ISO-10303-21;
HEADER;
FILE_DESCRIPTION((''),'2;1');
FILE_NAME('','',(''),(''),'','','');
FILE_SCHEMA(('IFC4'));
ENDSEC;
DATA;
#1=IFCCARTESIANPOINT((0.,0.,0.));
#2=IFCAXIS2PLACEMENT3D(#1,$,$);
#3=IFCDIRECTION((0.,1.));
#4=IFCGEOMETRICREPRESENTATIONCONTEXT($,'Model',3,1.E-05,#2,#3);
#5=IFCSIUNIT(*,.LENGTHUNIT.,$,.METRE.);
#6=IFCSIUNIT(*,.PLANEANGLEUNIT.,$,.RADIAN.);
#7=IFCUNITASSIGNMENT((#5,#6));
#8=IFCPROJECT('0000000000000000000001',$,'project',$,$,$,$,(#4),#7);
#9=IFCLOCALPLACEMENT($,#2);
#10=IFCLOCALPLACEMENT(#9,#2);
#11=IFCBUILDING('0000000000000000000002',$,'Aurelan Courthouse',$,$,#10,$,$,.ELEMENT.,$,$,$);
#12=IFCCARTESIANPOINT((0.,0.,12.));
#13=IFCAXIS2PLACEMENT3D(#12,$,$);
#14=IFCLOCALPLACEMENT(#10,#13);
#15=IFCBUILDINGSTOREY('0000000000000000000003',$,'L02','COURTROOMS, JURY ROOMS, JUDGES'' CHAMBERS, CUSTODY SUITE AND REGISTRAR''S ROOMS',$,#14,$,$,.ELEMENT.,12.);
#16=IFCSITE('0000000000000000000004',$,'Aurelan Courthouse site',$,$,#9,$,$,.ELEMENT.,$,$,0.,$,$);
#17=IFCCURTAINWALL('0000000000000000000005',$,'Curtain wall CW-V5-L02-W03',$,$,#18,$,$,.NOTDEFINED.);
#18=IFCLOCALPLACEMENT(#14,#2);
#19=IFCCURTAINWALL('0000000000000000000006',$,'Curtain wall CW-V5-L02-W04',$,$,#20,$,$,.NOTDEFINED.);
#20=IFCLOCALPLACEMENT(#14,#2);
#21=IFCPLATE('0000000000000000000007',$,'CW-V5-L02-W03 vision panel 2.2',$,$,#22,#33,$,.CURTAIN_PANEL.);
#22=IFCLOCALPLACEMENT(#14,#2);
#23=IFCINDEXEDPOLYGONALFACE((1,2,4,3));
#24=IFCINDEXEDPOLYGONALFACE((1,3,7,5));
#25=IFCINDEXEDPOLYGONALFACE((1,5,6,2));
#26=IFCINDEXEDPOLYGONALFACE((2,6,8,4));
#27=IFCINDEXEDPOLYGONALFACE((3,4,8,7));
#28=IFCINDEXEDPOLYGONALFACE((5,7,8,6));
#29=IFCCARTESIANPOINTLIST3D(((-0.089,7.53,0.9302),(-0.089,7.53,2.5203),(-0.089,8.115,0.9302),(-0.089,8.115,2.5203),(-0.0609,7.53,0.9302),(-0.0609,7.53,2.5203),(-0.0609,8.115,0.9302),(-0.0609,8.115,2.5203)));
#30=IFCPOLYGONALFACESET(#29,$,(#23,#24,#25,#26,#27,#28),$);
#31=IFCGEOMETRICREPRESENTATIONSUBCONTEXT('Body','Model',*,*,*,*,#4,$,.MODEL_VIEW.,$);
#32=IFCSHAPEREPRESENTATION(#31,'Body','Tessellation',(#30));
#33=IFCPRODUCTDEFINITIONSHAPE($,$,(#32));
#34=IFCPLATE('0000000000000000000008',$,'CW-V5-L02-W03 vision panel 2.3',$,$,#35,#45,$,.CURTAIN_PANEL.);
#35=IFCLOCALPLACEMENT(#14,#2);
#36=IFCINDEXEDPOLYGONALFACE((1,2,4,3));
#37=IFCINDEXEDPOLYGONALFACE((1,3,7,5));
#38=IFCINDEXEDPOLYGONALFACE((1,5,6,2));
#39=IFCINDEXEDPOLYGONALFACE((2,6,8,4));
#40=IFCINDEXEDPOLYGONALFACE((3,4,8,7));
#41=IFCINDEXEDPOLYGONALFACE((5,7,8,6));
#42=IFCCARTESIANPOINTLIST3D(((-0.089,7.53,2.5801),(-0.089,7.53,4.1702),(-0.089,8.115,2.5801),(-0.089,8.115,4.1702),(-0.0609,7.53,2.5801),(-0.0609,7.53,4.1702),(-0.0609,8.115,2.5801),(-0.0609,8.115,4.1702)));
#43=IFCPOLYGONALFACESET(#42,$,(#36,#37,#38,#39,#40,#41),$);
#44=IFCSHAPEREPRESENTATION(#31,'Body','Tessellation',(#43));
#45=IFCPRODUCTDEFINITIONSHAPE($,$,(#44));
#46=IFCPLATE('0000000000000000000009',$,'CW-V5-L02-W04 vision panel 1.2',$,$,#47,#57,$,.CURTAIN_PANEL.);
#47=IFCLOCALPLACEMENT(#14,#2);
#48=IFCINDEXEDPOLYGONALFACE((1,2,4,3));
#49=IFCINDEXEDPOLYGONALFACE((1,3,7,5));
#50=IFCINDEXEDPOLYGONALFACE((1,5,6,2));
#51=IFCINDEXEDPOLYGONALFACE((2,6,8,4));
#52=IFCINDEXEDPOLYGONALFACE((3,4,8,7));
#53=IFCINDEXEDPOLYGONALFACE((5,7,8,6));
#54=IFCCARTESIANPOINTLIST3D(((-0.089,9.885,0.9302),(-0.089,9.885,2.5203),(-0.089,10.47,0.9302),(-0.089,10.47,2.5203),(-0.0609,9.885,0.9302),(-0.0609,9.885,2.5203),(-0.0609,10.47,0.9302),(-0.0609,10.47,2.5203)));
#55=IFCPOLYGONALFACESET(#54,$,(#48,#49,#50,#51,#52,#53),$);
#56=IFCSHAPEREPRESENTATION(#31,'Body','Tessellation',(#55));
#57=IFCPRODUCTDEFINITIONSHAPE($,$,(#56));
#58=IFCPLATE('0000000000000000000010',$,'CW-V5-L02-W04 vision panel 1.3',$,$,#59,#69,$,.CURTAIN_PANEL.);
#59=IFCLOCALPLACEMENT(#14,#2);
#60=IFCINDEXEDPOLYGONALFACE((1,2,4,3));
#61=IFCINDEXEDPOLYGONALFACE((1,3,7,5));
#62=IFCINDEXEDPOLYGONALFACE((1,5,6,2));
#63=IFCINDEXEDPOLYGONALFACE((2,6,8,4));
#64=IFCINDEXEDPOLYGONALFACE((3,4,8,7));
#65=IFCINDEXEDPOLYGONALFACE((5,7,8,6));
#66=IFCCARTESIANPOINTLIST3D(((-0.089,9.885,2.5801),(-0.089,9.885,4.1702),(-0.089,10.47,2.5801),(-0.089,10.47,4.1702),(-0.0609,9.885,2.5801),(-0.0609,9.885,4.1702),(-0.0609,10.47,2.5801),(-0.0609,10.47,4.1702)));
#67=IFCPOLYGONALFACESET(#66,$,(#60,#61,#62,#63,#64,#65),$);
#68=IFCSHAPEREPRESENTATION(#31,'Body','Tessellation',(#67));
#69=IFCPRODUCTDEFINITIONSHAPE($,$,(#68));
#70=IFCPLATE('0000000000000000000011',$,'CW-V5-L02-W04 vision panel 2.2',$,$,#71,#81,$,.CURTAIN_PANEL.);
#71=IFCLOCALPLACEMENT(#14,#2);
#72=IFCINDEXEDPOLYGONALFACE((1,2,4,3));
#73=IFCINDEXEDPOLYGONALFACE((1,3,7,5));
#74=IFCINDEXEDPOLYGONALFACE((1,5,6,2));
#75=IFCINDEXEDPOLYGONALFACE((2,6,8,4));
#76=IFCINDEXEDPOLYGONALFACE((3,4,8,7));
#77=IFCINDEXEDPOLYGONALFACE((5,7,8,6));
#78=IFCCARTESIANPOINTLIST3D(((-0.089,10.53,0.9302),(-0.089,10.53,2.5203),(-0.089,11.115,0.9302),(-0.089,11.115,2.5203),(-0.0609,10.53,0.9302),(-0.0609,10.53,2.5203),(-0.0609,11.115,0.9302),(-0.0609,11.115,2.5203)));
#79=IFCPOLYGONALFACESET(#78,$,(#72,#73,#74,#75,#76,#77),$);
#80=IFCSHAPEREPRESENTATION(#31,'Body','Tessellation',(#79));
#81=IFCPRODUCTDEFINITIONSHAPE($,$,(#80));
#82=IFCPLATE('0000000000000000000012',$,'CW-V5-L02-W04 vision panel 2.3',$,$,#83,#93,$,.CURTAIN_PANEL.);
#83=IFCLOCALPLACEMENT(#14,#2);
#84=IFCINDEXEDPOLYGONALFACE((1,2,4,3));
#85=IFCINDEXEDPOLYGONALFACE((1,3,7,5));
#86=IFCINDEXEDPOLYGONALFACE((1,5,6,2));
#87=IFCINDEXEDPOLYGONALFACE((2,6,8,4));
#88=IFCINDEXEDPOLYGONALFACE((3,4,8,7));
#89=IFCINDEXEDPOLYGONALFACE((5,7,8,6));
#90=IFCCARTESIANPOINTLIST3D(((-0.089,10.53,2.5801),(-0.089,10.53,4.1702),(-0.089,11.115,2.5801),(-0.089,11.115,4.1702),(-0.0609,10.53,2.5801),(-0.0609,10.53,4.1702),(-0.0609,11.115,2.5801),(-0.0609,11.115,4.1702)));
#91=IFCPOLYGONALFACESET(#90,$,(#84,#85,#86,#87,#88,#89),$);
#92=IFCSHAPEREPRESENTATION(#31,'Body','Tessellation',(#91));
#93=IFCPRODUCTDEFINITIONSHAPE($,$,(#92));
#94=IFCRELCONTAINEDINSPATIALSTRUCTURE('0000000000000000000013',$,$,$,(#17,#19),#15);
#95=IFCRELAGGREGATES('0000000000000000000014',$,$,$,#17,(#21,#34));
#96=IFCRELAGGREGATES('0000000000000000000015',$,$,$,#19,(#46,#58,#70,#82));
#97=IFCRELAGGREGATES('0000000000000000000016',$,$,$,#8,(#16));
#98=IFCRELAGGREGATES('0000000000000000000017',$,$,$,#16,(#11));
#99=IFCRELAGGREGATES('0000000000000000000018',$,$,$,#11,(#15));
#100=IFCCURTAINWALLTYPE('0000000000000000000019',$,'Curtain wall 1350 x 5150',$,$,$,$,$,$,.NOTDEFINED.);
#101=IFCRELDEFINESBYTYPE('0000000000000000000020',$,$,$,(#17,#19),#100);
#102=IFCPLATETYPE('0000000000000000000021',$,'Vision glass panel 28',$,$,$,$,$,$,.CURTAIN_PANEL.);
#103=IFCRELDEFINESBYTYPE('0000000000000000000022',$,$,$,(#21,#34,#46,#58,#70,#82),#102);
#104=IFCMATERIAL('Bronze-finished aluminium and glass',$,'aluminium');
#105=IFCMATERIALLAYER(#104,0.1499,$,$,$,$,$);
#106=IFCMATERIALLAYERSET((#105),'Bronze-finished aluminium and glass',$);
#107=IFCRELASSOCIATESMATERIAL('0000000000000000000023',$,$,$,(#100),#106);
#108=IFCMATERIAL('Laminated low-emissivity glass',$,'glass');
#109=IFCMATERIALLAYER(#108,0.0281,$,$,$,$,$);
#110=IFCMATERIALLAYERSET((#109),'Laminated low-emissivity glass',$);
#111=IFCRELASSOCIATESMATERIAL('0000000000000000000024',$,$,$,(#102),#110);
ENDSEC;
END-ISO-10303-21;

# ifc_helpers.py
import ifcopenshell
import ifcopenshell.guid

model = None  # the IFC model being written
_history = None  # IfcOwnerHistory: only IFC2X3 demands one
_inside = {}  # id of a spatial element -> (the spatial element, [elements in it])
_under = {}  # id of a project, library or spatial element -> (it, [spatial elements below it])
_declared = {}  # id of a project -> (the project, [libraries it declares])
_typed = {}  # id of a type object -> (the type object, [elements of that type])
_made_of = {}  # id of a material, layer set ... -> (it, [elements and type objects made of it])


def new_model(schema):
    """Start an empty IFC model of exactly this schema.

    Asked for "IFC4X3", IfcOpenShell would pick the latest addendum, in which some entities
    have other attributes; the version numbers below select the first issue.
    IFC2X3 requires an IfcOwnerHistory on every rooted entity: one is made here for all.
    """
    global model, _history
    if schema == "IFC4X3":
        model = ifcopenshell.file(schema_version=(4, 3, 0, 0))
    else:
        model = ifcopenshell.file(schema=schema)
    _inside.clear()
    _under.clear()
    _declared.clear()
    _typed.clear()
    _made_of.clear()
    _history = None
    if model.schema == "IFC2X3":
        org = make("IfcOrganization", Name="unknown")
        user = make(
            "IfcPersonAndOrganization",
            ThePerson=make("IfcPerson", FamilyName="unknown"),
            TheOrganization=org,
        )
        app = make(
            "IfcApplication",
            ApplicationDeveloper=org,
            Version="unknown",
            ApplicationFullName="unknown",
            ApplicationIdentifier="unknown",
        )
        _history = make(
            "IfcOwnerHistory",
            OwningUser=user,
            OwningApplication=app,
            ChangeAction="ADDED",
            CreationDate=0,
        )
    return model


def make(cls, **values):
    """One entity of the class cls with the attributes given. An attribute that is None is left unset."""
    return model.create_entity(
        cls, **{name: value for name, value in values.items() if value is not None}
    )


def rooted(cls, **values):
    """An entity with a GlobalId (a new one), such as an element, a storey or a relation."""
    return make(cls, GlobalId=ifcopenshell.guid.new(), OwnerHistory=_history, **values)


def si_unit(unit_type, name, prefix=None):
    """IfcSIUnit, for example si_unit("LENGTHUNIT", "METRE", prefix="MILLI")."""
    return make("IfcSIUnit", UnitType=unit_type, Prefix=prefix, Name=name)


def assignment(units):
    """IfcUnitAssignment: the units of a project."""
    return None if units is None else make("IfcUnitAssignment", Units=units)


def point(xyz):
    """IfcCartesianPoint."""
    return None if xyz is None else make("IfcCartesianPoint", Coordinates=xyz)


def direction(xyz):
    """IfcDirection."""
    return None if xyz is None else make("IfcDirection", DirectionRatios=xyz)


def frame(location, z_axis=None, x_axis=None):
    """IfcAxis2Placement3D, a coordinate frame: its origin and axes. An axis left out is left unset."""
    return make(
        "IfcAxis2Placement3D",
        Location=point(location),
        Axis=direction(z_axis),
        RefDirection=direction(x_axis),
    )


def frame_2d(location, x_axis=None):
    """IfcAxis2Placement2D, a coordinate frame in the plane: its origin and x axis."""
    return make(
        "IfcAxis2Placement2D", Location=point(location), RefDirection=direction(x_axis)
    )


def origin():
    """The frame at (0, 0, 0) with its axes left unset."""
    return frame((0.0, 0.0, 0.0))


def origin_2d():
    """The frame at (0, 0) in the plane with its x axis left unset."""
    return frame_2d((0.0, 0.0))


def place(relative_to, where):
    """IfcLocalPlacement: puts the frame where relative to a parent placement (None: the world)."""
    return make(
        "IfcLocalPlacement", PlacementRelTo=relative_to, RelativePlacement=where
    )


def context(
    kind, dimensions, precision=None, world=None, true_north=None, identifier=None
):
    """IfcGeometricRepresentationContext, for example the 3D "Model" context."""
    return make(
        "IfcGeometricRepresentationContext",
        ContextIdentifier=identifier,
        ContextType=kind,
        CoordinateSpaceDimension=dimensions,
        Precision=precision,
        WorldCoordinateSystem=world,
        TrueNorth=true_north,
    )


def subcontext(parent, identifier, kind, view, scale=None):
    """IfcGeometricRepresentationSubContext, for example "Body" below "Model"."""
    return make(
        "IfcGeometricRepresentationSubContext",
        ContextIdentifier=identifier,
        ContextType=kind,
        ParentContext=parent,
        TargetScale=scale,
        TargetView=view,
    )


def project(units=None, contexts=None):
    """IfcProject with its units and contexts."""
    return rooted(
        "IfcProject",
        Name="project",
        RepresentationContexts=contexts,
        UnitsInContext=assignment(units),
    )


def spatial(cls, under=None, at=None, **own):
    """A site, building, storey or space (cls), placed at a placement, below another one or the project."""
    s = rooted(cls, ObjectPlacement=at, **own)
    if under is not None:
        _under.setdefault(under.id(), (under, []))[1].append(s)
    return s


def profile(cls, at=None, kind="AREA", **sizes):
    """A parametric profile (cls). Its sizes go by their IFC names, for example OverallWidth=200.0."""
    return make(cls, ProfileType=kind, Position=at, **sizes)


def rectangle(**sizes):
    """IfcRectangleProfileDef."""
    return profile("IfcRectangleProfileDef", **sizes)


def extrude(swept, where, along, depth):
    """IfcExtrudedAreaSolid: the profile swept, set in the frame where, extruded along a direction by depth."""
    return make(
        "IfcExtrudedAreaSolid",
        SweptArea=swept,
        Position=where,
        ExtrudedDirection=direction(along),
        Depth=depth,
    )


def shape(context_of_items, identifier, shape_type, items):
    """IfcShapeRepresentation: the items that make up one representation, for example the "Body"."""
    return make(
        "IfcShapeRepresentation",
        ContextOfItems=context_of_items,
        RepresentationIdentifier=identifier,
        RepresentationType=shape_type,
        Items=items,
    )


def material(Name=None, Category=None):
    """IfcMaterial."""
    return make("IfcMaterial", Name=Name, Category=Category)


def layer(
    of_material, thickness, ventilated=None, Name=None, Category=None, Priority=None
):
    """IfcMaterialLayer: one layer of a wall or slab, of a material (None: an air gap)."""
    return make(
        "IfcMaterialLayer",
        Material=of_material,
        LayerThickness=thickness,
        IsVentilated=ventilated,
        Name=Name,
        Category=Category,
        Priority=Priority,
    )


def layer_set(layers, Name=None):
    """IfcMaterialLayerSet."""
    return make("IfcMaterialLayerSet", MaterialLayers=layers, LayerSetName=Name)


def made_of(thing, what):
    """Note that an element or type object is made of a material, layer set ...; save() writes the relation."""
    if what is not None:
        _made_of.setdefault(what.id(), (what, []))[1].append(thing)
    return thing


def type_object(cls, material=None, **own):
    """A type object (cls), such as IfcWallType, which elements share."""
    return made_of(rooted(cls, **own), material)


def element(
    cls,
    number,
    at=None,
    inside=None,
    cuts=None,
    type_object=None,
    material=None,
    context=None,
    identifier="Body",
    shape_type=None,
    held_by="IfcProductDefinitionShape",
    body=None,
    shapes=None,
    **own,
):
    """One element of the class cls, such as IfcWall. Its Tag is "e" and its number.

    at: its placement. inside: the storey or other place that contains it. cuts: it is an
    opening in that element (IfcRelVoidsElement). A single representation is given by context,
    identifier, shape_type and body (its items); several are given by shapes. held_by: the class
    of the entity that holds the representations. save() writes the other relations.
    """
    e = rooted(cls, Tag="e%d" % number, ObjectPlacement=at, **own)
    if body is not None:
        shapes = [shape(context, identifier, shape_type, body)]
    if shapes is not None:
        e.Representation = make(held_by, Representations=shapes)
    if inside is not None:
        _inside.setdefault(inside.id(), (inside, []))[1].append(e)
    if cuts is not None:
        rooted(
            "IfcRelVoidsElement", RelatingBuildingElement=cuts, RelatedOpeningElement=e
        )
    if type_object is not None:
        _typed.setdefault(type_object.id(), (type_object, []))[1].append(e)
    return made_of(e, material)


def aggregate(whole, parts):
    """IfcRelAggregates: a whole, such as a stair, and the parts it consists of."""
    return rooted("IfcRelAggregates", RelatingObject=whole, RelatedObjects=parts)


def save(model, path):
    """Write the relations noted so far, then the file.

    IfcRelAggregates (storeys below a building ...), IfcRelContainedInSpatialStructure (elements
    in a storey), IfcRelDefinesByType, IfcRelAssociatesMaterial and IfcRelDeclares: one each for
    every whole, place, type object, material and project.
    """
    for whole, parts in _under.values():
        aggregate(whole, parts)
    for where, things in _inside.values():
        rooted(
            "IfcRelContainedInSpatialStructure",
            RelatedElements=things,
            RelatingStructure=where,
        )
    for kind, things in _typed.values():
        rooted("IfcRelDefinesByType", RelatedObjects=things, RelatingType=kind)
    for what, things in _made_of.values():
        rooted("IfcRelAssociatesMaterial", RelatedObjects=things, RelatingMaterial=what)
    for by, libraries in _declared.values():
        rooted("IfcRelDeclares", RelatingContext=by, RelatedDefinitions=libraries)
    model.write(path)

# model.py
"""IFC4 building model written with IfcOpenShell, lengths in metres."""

from ifc_helpers import new_model, si_unit, direction, frame, origin, origin_2d, place, context, subcontext, project, spatial, rectangle, extrude, material, layer, layer_set, type_object, element, aggregate, save


model = new_model("IFC4")

# Units and contexts
model_context = context("Model", 3, precision=1e-05, world=origin(), true_north=direction((0.0, 1.0)))
body_context = subcontext(model_context, "Body", "Model", "MODEL_VIEW")
ifc_project = project(units=[si_unit("LENGTHUNIT", "METRE"), si_unit("PLANEANGLEUNIT", "RADIAN")], contexts=[model_context])

# Site, building, storey
site_placement = place(None, origin())
site = spatial("IfcSite", under=ifc_project, at=site_placement, Name="Aurelan Courthouse site", CompositionType="ELEMENT", RefElevation=0.0)
building_placement = place(site_placement, origin())
building = spatial("IfcBuilding", under=site, at=building_placement, Name="Aurelan Courthouse", CompositionType="ELEMENT")
storey_placement = place(building_placement, frame((0.0, 0.0, 12.0)))
storey = spatial("IfcBuildingStorey", under=building, at=storey_placement, Name="L02", Description="COURTROOMS, JURY ROOMS, JUDGES' CHAMBERS, CUSTODY SUITE AND REGISTRAR'S ROOMS", CompositionType="ELEMENT", Elevation=12.0)

# Curtain walls
ifc_material_1 = material(Name="Bronze-finished aluminium and glass", Category="aluminium")
ifc_layer_1 = layer(ifc_material_1, 0.1499)
ifc_layer_set_1 = layer_set([ifc_layer_1], Name="Bronze-finished aluminium and glass")
curtain_wall_type = type_object("IfcCurtainWallType", Name="Curtain wall 1350 x 5150", PredefinedType="NOTDEFINED", material=ifc_layer_set_1)
curtain_wall_1_placement = place(storey_placement, origin())
curtain_wall_1 = element("IfcCurtainWall", 1, at=curtain_wall_1_placement, inside=storey, type_object=curtain_wall_type, Name="Curtain wall CW-V5-L02-W03", PredefinedType="NOTDEFINED")
curtain_wall_2_placement = place(storey_placement, origin())
curtain_wall_2 = element("IfcCurtainWall", 2, at=curtain_wall_2_placement, inside=storey, type_object=curtain_wall_type, Name="Curtain wall CW-V5-L02-W04", PredefinedType="NOTDEFINED")

# Plates
ifc_material_2 = material(Name="Laminated low-emissivity glass", Category="glass")
ifc_layer_2 = layer(ifc_material_2, 0.0281)
ifc_layer_set_2 = layer_set([ifc_layer_2], Name="Laminated low-emissivity glass")
plate_type_1 = type_object("IfcPlateType", Name="Vision glass panel 28", PredefinedType="CURTAIN_PANEL", material=ifc_layer_set_2)
plate_1_placement = place(storey_placement, frame((-0.075, 7.8225, 0.9302), z_axis=(0.0, 0.0, 1.0), x_axis=(0.0, 1.0, 0.0)))
plate_1 = element("IfcPlate", 3, at=plate_1_placement, type_object=plate_type_1, Name="CW-V5-L02-W03 vision panel 2.2", PredefinedType="CURTAIN_PANEL", context=body_context, shape_type="SweptSolid", body=[
    extrude(rectangle(XDim=0.585, YDim=0.0281, at=origin_2d()), origin(), (0.0, 0.0, 1.0), 1.5901),
])
plate_2_placement = place(storey_placement, frame((-0.075, 7.8225, 2.5801), z_axis=(0.0, 0.0, 1.0), x_axis=(0.0, 1.0, 0.0)))
plate_2 = element("IfcPlate", 4, at=plate_2_placement, type_object=plate_type_1, Name="CW-V5-L02-W03 vision panel 2.3", PredefinedType="CURTAIN_PANEL", context=body_context, shape_type="SweptSolid", body=[
    extrude(rectangle(XDim=0.585, YDim=0.0281, at=origin_2d()), origin(), (0.0, 0.0, 1.0), 1.5901),
])
aggregate(curtain_wall_1, [plate_1, plate_2])
plate_3_placement = place(storey_placement, frame((-0.075, 10.1775, 0.9302), z_axis=(0.0, 0.0, 1.0), x_axis=(0.0, 1.0, 0.0)))
plate_3 = element("IfcPlate", 5, at=plate_3_placement, type_object=plate_type_1, Name="CW-V5-L02-W04 vision panel 1.2", PredefinedType="CURTAIN_PANEL", context=body_context, shape_type="SweptSolid", body=[
    extrude(rectangle(XDim=0.585, YDim=0.0281, at=origin_2d()), origin(), (0.0, 0.0, 1.0), 1.5901),
])
plate_4_placement = place(storey_placement, frame((-0.075, 10.1775, 2.5801), z_axis=(0.0, 0.0, 1.0), x_axis=(0.0, 1.0, 0.0)))
plate_4 = element("IfcPlate", 6, at=plate_4_placement, type_object=plate_type_1, Name="CW-V5-L02-W04 vision panel 1.3", PredefinedType="CURTAIN_PANEL", context=body_context, shape_type="SweptSolid", body=[
    extrude(rectangle(XDim=0.585, YDim=0.0281, at=origin_2d()), origin(), (0.0, 0.0, 1.0), 1.5901),
])
plate_5_placement = place(storey_placement, frame((-0.075, 10.8225, 0.9302), z_axis=(0.0, 0.0, 1.0), x_axis=(0.0, 1.0, 0.0)))
plate_5 = element("IfcPlate", 7, at=plate_5_placement, type_object=plate_type_1, Name="CW-V5-L02-W04 vision panel 2.2", PredefinedType="CURTAIN_PANEL", context=body_context, shape_type="SweptSolid", body=[
    extrude(rectangle(XDim=0.585, YDim=0.0281, at=origin_2d()), origin(), (0.0, 0.0, 1.0), 1.5901),
])
plate_6_placement = place(storey_placement, frame((-0.075, 10.8225, 2.5801), z_axis=(0.0, 0.0, 1.0), x_axis=(0.0, 1.0, 0.0)))
plate_6 = element("IfcPlate", 8, at=plate_6_placement, type_object=plate_type_1, Name="CW-V5-L02-W04 vision panel 2.3", PredefinedType="CURTAIN_PANEL", context=body_context, shape_type="SweptSolid", body=[
    extrude(rectangle(XDim=0.585, YDim=0.0281, at=origin_2d()), origin(), (0.0, 0.0, 1.0), 1.5901),
])
aggregate(curtain_wall_2, [plate_3, plate_4, plate_5, plate_6])

save(model, "model.ifc")
